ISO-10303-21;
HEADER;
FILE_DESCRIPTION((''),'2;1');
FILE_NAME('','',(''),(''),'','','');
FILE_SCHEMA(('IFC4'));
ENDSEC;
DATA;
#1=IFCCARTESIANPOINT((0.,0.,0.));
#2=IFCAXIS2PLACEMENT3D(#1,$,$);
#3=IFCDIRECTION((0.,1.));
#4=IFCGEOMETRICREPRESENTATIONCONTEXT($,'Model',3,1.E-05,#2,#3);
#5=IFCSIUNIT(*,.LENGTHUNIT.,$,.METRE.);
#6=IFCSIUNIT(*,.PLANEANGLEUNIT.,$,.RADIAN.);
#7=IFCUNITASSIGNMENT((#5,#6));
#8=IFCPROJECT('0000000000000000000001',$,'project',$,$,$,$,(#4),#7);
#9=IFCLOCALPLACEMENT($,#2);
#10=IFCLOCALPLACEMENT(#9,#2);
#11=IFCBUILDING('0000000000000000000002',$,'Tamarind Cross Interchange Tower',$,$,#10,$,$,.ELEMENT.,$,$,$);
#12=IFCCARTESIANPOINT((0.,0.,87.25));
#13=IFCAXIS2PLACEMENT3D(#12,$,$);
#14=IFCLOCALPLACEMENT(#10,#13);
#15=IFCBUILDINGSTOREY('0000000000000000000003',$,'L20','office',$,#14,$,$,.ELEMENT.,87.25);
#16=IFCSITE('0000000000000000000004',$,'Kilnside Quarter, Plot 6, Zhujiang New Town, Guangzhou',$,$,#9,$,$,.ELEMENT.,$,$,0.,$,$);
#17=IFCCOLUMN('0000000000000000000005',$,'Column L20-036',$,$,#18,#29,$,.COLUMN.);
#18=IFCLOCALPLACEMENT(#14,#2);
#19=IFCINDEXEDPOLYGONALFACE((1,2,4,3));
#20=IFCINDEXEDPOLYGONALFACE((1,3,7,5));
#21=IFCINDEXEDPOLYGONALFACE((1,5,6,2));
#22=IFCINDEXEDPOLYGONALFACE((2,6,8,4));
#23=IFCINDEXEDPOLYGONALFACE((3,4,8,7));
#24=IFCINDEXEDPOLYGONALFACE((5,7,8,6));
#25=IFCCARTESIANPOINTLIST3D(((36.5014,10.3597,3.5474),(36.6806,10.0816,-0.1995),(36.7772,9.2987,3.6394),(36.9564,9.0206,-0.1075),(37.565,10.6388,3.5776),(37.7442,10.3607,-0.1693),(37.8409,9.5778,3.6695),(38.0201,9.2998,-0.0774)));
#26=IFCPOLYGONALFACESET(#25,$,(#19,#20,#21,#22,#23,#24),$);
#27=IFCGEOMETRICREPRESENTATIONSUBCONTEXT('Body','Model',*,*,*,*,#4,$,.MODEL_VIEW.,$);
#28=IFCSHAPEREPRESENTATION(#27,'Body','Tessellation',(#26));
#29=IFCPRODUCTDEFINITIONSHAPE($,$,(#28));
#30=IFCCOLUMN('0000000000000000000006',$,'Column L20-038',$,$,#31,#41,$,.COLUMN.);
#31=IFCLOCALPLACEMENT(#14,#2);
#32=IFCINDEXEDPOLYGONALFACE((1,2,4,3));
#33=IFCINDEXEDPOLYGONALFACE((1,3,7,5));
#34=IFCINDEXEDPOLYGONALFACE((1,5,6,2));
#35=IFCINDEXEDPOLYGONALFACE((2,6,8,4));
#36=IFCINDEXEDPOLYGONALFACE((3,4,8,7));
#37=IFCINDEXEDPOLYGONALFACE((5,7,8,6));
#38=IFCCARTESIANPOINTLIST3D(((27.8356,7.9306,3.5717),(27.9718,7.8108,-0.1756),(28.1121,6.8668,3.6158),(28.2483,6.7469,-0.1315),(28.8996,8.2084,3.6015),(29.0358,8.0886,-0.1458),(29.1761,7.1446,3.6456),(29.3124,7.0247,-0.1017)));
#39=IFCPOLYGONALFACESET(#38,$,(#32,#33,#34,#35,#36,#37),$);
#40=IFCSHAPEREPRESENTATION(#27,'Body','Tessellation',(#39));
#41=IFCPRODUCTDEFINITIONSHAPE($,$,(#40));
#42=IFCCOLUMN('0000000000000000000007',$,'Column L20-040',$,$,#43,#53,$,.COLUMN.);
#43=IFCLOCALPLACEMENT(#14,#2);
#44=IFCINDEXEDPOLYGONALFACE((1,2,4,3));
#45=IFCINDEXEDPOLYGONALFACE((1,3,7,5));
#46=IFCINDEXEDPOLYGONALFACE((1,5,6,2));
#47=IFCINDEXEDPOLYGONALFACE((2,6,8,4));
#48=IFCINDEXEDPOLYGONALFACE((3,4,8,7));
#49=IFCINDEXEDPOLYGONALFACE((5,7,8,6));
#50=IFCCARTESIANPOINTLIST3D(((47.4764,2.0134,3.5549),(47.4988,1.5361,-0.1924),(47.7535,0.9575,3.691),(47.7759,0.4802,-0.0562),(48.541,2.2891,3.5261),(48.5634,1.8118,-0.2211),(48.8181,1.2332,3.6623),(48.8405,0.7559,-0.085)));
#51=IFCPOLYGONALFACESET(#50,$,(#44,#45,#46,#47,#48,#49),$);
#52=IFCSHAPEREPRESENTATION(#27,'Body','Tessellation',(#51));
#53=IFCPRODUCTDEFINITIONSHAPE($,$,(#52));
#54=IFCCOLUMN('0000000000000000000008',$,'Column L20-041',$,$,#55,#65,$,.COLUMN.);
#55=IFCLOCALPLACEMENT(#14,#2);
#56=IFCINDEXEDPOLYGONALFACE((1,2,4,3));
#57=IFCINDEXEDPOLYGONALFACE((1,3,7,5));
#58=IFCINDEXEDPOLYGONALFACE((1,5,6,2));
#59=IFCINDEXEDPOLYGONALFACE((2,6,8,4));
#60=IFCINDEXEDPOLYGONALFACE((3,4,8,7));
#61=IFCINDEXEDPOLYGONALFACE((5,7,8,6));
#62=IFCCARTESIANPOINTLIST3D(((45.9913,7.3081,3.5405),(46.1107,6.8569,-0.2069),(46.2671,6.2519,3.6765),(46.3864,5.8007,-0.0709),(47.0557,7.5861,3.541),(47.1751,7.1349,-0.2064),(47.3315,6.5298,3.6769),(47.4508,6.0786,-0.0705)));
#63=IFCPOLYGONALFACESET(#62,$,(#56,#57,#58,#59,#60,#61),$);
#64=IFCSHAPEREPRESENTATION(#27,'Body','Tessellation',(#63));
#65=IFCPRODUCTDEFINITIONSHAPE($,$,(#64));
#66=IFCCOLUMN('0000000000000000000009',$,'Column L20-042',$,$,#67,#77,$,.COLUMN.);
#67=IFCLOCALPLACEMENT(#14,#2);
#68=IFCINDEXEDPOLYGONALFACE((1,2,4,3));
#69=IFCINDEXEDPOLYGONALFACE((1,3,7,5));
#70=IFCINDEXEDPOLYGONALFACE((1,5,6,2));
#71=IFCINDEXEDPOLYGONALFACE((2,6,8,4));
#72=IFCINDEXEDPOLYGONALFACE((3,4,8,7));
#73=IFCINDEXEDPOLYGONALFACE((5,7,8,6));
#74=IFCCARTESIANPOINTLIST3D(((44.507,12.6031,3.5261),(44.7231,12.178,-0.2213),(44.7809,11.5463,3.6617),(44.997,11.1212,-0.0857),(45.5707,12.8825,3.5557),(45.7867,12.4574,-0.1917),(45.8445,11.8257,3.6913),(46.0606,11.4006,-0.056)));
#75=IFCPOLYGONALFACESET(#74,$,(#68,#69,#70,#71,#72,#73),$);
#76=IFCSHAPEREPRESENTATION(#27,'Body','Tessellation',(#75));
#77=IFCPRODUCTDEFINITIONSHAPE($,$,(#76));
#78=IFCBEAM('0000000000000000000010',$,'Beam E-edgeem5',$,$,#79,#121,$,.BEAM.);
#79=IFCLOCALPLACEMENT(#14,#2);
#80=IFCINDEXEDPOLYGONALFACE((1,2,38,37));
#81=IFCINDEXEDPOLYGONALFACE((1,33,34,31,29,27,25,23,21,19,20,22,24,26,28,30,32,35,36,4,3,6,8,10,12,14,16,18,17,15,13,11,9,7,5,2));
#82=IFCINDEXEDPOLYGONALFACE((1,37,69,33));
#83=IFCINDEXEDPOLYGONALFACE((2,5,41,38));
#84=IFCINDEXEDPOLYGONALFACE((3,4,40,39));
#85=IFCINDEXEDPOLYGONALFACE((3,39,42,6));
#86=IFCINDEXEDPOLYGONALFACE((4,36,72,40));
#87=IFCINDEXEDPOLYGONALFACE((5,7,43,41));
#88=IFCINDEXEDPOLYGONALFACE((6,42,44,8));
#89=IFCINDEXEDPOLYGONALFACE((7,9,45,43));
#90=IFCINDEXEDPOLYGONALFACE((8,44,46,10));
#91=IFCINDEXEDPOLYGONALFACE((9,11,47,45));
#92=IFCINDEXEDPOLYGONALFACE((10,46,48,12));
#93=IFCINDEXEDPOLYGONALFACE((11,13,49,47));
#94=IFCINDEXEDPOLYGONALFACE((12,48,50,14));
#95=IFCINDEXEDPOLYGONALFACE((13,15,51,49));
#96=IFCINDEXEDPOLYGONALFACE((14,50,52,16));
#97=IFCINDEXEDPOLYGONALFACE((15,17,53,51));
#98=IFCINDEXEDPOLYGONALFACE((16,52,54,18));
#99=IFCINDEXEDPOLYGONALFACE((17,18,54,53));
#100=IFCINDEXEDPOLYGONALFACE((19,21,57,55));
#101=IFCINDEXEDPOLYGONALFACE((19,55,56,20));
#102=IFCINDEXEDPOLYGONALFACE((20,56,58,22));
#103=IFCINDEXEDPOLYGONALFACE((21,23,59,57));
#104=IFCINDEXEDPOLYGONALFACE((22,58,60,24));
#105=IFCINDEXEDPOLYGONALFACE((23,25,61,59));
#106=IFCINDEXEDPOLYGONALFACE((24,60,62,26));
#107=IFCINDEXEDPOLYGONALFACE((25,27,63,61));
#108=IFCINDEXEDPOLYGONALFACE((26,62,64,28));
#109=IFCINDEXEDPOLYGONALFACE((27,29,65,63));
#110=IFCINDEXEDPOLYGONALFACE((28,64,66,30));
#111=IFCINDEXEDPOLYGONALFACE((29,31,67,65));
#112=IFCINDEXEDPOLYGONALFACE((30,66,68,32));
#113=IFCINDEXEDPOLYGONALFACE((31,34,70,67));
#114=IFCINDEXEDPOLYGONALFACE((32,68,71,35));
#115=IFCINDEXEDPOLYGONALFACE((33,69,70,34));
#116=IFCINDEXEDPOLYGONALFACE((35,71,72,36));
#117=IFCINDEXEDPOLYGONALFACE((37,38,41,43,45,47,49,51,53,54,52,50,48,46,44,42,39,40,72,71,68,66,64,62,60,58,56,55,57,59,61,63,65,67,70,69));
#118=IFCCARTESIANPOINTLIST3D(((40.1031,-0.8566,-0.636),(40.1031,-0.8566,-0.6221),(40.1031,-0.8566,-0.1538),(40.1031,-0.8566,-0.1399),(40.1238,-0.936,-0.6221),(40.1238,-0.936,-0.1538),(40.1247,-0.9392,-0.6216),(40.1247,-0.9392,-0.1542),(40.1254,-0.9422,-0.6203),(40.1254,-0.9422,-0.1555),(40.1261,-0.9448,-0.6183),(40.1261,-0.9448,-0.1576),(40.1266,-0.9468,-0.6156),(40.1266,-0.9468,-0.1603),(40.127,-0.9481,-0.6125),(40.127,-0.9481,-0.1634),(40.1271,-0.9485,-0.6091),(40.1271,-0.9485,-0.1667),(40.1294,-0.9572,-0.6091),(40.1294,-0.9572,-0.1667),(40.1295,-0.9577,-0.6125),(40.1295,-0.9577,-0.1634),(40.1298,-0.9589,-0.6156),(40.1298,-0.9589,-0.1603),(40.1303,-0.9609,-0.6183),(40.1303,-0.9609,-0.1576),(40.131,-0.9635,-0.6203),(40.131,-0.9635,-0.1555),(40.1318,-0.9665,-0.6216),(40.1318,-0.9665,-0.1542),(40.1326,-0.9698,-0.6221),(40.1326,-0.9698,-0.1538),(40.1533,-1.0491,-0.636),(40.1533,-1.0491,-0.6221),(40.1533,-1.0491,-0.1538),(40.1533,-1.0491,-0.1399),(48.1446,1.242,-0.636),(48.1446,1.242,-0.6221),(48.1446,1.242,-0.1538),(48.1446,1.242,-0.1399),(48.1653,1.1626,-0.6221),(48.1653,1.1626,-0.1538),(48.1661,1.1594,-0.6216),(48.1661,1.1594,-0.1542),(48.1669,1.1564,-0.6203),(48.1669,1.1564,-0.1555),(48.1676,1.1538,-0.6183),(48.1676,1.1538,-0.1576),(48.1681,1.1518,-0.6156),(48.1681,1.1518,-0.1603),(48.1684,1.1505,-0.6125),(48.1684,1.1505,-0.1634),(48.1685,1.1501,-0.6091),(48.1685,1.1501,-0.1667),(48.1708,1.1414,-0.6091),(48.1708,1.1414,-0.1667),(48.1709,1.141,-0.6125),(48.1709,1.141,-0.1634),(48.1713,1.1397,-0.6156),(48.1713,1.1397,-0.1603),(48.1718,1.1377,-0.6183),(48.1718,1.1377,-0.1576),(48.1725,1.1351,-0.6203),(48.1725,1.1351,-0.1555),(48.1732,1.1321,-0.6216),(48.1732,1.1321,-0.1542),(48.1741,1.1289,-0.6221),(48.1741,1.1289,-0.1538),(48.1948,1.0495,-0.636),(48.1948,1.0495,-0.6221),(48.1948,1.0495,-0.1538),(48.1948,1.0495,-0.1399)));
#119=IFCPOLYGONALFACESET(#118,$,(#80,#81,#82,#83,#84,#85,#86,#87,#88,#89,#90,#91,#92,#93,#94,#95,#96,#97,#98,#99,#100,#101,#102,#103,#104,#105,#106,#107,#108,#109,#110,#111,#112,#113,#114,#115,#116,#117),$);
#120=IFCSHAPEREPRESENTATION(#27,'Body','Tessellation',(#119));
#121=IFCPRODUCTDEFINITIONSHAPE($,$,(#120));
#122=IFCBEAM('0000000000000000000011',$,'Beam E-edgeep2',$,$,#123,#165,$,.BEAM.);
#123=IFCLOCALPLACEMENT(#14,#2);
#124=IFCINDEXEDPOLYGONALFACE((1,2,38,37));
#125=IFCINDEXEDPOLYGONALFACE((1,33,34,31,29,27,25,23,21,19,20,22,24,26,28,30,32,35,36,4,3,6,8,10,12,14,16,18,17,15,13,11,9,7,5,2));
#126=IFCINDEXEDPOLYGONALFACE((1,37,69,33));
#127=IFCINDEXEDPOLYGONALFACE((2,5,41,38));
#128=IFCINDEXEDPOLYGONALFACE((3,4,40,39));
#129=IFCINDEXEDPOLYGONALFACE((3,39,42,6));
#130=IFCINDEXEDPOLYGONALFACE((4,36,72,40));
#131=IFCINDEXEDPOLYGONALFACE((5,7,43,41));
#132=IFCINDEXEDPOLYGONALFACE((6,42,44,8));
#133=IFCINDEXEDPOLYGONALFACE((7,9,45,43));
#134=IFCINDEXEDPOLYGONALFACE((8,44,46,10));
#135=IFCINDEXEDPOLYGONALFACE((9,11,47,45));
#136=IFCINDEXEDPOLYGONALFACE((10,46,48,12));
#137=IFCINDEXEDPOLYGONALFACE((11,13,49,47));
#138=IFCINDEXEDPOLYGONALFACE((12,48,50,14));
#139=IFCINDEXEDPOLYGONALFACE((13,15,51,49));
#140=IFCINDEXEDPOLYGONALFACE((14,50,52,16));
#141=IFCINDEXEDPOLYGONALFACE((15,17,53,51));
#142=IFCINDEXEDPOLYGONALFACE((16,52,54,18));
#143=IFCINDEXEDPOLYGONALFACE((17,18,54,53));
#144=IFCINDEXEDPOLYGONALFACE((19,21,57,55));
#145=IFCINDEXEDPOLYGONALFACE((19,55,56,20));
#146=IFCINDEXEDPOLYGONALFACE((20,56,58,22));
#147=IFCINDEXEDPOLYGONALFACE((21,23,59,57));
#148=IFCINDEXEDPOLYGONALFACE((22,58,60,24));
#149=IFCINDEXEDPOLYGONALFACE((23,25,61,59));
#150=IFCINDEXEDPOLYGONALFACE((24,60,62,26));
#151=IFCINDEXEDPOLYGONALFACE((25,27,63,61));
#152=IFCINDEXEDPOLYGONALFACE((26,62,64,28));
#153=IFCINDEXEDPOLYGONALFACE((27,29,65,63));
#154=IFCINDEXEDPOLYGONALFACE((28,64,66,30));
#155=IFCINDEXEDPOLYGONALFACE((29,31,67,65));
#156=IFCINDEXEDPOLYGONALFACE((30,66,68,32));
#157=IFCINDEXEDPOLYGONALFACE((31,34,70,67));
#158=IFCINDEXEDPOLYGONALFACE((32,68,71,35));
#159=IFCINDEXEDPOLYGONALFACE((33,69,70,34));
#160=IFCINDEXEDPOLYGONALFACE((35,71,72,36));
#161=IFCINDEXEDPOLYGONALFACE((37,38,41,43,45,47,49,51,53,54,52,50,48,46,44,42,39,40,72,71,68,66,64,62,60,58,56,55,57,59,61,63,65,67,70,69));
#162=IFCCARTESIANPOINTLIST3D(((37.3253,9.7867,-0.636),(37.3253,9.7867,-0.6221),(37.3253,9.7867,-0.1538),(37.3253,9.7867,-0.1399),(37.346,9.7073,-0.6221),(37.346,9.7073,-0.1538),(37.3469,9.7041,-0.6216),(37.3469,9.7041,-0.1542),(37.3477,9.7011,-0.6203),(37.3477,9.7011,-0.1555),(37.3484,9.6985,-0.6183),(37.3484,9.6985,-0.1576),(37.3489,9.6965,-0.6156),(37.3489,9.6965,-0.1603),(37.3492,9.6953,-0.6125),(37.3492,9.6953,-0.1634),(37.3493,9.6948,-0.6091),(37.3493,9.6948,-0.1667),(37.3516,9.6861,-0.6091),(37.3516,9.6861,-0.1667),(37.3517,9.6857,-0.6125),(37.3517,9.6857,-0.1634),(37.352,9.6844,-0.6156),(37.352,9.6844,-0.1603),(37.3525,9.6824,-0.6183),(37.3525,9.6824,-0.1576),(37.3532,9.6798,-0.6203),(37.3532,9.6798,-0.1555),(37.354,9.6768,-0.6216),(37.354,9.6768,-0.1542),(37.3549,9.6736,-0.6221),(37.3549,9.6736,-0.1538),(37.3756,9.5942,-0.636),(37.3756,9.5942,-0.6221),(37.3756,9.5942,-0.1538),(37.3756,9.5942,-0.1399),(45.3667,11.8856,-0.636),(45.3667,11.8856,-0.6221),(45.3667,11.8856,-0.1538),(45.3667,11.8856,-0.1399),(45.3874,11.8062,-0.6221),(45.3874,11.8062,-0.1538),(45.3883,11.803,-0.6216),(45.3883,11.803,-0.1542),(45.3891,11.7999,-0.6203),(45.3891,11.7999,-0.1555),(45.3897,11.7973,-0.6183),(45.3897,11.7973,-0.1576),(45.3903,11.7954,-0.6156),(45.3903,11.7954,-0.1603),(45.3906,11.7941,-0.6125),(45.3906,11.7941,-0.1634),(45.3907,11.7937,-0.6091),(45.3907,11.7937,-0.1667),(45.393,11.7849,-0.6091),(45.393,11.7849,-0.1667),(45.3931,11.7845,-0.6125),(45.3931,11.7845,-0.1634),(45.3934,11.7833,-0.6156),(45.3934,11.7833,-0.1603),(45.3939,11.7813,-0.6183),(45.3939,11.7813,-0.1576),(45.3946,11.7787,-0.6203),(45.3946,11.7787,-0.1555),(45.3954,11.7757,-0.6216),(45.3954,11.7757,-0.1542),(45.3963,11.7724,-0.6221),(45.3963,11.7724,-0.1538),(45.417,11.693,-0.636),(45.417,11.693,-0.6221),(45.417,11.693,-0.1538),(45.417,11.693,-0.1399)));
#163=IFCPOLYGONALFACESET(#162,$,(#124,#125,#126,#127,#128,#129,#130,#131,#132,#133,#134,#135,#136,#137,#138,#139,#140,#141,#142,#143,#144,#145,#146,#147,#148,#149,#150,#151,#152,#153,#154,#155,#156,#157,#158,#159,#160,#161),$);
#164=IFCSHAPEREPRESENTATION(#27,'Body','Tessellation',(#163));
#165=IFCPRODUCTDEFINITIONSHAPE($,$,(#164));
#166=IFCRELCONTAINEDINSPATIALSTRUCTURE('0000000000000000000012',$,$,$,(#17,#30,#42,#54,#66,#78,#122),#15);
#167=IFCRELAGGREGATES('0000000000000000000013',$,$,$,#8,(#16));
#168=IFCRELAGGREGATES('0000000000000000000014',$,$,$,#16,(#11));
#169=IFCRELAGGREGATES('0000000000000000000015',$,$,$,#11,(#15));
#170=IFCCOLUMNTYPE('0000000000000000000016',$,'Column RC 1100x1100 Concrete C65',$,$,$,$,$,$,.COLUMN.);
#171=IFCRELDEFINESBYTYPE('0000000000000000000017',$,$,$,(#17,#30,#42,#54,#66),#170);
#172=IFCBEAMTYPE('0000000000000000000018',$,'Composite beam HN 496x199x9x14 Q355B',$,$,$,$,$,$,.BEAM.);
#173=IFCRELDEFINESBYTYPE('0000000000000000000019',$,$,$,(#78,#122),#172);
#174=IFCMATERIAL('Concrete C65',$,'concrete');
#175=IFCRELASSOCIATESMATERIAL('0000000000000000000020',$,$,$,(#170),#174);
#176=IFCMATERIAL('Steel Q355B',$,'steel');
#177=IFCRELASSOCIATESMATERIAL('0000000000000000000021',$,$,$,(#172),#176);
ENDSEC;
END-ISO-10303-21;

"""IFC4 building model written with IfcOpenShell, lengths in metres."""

from ifc_helpers import new_model, si_unit, direction, frame, origin, origin_2d, place, context, subcontext, project, spatial, rectangle, i_section, extrude, material, material_profile, profile_set, type_object, element, save


model = new_model("IFC4")

# Units and contexts
model_context = context("Model", 3, precision=1e-05, world=origin(), true_north=direction((0.0, 1.0)))
body_context = subcontext(model_context, "Body", "Model", "MODEL_VIEW")
ifc_project = project(units=[si_unit("LENGTHUNIT", "METRE"), si_unit("PLANEANGLEUNIT", "RADIAN")], contexts=[model_context])

# Site, building, storey
site_placement = place(None, origin())
site = spatial("IfcSite", under=ifc_project, at=site_placement, Name="Kilnside Quarter, Plot 6, Zhujiang New Town, Guangzhou", CompositionType="ELEMENT", RefElevation=0.0)
building_placement = place(site_placement, origin())
building = spatial("IfcBuilding", under=site, at=building_placement, Name="Tamarind Cross Interchange Tower", CompositionType="ELEMENT")
storey_placement = place(building_placement, frame((0.0, 0.0, 87.25)))
storey = spatial("IfcBuildingStorey", under=building, at=storey_placement, Name="L20", Description="office", CompositionType="ELEMENT", Elevation=87.25)

# Columns
ifc_material_1 = material(Name="Concrete C65", Category="concrete")
ifc_material_profile_1 = material_profile(ifc_material_1, rectangle(XDim=1.1001, YDim=1.1001, at=origin_2d()), Name="RC 1100x1100")
ifc_profile_set_1 = profile_set([ifc_material_profile_1], Name="Concrete C65")
column_type = type_object("IfcColumnType", Name="Column RC 1100x1100 Concrete C65", PredefinedType="COLUMN", material=ifc_profile_set_1)
column_1_placement = place(storey_placement, frame((37.3503, 9.6907, -0.1384), z_axis=(-0.047642, 0.073929, 0.996125), x_axis=(0.250748, -0.964438, 0.08357)))
element("IfcColumn", 1, at=column_1_placement, inside=storey, type_object=column_type, Name="Column L20-036", PredefinedType="COLUMN", context=body_context, shape_type="SweptSolid", body=[
    extrude(rectangle(XDim=1.1001, YDim=1.1001, at=origin_2d()), origin(), (0.0, 0.0, 1.0), 3.7615),
])
column_2_placement = place(storey_placement, frame((28.6421, 7.4177, -0.1387), z_axis=(-0.036312, 0.031952, 0.99883), x_axis=(0.25137, -0.967061, 0.040074)))
element("IfcColumn", 2, at=column_2_placement, inside=storey, type_object=column_type, Name="Column L20-038", PredefinedType="COLUMN", context=body_context, shape_type="SweptSolid", body=[
    extrude(rectangle(XDim=1.1001, YDim=1.1001, at=origin_2d()), origin(), (0.0, 0.0, 1.0), 3.7517),
])
column_3_placement = place(storey_placement, frame((48.1697, 1.146, -0.1387), z_axis=(-0.005946, 0.126347, 0.991968), x_axis=(-0.967738, -0.2506, 0.026118)))
element("IfcColumn", 3, at=column_3_placement, inside=storey, type_object=column_type, Name="Column L20-040", PredefinedType="COLUMN", context=body_context, shape_type="SweptSolid", body=[
    extrude(rectangle(XDim=1.1001, YDim=1.1001, at=origin_2d()), origin(), (0.0, 0.0, 1.0), 3.7776),
])
column_4_placement = place(storey_placement, frame((46.7808, 6.4678, -0.1387), z_axis=(-0.031615, 0.119476, 0.992334), x_axis=(0.250677, -0.96015, 0.123587)))
element("IfcColumn", 4, at=column_4_placement, inside=storey, type_object=column_type, Name="Column L20-041", PredefinedType="COLUMN", context=body_context, shape_type="SweptSolid", body=[
    extrude(rectangle(XDim=1.1001, YDim=1.1001, at=origin_2d()), origin(), (0.0, 0.0, 1.0), 3.7764),
])
column_5_placement = place(storey_placement, frame((45.3918, 11.7893, -0.1387), z_axis=(-0.057197, 0.11252, 0.992002), x_axis=(0.24893, -0.960639, 0.123316)))
element("IfcColumn", 5, at=column_5_placement, inside=storey, type_object=column_type, Name="Column L20-042", PredefinedType="COLUMN", context=body_context, shape_type="SweptSolid", body=[
    extrude(rectangle(XDim=1.1001, YDim=1.1001, at=origin_2d()), origin(), (0.0, 0.0, 1.0), 3.7776),
])

# Beams
ifc_material_2 = material(Name="Steel Q355B", Category="steel")
ifc_material_profile_2 = material_profile(ifc_material_2, i_section(OverallWidth=0.199, OverallDepth=0.4961, WebThickness=0.009, FlangeThickness=0.0139, FilletRadius=0.0129, at=origin_2d()), Name="HN 496x199x9x14")
ifc_profile_set_2 = profile_set([ifc_material_profile_2], Name="Steel Q355B")
beam_type_1 = type_object("IfcBeamType", Name="Composite beam HN 496x199x9x14 Q355B", PredefinedType="BEAM", material=ifc_profile_set_2)
for number, where, z_axis, x_axis, name in (
    (6, (48.1697, 1.1458, -0.3879), (-0.967592, -0.252518, 0.0), (0.252518, -0.967592, 0.0), "Beam E-edgeem5"),
    (7, (45.3918, 11.7893, -0.3879), (-0.967585, -0.252545, 0.0), (0.252545, -0.967585, 0.0), "Beam E-edgeep2"),
):
    element("IfcBeam", number, at=place(storey_placement, frame(where, z_axis=z_axis, x_axis=x_axis)), inside=storey, type_object=beam_type_1, Name=name, PredefinedType="BEAM", context=body_context, shape_type="SweptSolid", body=[
        extrude(i_section(OverallWidth=0.199, OverallDepth=0.4961, WebThickness=0.009, FlangeThickness=0.0139, FilletRadius=0.0129, at=origin_2d()), origin(), (0.0, 0.0, 1.0), 8.3108),
    ])

save(model, "model.ifc")
